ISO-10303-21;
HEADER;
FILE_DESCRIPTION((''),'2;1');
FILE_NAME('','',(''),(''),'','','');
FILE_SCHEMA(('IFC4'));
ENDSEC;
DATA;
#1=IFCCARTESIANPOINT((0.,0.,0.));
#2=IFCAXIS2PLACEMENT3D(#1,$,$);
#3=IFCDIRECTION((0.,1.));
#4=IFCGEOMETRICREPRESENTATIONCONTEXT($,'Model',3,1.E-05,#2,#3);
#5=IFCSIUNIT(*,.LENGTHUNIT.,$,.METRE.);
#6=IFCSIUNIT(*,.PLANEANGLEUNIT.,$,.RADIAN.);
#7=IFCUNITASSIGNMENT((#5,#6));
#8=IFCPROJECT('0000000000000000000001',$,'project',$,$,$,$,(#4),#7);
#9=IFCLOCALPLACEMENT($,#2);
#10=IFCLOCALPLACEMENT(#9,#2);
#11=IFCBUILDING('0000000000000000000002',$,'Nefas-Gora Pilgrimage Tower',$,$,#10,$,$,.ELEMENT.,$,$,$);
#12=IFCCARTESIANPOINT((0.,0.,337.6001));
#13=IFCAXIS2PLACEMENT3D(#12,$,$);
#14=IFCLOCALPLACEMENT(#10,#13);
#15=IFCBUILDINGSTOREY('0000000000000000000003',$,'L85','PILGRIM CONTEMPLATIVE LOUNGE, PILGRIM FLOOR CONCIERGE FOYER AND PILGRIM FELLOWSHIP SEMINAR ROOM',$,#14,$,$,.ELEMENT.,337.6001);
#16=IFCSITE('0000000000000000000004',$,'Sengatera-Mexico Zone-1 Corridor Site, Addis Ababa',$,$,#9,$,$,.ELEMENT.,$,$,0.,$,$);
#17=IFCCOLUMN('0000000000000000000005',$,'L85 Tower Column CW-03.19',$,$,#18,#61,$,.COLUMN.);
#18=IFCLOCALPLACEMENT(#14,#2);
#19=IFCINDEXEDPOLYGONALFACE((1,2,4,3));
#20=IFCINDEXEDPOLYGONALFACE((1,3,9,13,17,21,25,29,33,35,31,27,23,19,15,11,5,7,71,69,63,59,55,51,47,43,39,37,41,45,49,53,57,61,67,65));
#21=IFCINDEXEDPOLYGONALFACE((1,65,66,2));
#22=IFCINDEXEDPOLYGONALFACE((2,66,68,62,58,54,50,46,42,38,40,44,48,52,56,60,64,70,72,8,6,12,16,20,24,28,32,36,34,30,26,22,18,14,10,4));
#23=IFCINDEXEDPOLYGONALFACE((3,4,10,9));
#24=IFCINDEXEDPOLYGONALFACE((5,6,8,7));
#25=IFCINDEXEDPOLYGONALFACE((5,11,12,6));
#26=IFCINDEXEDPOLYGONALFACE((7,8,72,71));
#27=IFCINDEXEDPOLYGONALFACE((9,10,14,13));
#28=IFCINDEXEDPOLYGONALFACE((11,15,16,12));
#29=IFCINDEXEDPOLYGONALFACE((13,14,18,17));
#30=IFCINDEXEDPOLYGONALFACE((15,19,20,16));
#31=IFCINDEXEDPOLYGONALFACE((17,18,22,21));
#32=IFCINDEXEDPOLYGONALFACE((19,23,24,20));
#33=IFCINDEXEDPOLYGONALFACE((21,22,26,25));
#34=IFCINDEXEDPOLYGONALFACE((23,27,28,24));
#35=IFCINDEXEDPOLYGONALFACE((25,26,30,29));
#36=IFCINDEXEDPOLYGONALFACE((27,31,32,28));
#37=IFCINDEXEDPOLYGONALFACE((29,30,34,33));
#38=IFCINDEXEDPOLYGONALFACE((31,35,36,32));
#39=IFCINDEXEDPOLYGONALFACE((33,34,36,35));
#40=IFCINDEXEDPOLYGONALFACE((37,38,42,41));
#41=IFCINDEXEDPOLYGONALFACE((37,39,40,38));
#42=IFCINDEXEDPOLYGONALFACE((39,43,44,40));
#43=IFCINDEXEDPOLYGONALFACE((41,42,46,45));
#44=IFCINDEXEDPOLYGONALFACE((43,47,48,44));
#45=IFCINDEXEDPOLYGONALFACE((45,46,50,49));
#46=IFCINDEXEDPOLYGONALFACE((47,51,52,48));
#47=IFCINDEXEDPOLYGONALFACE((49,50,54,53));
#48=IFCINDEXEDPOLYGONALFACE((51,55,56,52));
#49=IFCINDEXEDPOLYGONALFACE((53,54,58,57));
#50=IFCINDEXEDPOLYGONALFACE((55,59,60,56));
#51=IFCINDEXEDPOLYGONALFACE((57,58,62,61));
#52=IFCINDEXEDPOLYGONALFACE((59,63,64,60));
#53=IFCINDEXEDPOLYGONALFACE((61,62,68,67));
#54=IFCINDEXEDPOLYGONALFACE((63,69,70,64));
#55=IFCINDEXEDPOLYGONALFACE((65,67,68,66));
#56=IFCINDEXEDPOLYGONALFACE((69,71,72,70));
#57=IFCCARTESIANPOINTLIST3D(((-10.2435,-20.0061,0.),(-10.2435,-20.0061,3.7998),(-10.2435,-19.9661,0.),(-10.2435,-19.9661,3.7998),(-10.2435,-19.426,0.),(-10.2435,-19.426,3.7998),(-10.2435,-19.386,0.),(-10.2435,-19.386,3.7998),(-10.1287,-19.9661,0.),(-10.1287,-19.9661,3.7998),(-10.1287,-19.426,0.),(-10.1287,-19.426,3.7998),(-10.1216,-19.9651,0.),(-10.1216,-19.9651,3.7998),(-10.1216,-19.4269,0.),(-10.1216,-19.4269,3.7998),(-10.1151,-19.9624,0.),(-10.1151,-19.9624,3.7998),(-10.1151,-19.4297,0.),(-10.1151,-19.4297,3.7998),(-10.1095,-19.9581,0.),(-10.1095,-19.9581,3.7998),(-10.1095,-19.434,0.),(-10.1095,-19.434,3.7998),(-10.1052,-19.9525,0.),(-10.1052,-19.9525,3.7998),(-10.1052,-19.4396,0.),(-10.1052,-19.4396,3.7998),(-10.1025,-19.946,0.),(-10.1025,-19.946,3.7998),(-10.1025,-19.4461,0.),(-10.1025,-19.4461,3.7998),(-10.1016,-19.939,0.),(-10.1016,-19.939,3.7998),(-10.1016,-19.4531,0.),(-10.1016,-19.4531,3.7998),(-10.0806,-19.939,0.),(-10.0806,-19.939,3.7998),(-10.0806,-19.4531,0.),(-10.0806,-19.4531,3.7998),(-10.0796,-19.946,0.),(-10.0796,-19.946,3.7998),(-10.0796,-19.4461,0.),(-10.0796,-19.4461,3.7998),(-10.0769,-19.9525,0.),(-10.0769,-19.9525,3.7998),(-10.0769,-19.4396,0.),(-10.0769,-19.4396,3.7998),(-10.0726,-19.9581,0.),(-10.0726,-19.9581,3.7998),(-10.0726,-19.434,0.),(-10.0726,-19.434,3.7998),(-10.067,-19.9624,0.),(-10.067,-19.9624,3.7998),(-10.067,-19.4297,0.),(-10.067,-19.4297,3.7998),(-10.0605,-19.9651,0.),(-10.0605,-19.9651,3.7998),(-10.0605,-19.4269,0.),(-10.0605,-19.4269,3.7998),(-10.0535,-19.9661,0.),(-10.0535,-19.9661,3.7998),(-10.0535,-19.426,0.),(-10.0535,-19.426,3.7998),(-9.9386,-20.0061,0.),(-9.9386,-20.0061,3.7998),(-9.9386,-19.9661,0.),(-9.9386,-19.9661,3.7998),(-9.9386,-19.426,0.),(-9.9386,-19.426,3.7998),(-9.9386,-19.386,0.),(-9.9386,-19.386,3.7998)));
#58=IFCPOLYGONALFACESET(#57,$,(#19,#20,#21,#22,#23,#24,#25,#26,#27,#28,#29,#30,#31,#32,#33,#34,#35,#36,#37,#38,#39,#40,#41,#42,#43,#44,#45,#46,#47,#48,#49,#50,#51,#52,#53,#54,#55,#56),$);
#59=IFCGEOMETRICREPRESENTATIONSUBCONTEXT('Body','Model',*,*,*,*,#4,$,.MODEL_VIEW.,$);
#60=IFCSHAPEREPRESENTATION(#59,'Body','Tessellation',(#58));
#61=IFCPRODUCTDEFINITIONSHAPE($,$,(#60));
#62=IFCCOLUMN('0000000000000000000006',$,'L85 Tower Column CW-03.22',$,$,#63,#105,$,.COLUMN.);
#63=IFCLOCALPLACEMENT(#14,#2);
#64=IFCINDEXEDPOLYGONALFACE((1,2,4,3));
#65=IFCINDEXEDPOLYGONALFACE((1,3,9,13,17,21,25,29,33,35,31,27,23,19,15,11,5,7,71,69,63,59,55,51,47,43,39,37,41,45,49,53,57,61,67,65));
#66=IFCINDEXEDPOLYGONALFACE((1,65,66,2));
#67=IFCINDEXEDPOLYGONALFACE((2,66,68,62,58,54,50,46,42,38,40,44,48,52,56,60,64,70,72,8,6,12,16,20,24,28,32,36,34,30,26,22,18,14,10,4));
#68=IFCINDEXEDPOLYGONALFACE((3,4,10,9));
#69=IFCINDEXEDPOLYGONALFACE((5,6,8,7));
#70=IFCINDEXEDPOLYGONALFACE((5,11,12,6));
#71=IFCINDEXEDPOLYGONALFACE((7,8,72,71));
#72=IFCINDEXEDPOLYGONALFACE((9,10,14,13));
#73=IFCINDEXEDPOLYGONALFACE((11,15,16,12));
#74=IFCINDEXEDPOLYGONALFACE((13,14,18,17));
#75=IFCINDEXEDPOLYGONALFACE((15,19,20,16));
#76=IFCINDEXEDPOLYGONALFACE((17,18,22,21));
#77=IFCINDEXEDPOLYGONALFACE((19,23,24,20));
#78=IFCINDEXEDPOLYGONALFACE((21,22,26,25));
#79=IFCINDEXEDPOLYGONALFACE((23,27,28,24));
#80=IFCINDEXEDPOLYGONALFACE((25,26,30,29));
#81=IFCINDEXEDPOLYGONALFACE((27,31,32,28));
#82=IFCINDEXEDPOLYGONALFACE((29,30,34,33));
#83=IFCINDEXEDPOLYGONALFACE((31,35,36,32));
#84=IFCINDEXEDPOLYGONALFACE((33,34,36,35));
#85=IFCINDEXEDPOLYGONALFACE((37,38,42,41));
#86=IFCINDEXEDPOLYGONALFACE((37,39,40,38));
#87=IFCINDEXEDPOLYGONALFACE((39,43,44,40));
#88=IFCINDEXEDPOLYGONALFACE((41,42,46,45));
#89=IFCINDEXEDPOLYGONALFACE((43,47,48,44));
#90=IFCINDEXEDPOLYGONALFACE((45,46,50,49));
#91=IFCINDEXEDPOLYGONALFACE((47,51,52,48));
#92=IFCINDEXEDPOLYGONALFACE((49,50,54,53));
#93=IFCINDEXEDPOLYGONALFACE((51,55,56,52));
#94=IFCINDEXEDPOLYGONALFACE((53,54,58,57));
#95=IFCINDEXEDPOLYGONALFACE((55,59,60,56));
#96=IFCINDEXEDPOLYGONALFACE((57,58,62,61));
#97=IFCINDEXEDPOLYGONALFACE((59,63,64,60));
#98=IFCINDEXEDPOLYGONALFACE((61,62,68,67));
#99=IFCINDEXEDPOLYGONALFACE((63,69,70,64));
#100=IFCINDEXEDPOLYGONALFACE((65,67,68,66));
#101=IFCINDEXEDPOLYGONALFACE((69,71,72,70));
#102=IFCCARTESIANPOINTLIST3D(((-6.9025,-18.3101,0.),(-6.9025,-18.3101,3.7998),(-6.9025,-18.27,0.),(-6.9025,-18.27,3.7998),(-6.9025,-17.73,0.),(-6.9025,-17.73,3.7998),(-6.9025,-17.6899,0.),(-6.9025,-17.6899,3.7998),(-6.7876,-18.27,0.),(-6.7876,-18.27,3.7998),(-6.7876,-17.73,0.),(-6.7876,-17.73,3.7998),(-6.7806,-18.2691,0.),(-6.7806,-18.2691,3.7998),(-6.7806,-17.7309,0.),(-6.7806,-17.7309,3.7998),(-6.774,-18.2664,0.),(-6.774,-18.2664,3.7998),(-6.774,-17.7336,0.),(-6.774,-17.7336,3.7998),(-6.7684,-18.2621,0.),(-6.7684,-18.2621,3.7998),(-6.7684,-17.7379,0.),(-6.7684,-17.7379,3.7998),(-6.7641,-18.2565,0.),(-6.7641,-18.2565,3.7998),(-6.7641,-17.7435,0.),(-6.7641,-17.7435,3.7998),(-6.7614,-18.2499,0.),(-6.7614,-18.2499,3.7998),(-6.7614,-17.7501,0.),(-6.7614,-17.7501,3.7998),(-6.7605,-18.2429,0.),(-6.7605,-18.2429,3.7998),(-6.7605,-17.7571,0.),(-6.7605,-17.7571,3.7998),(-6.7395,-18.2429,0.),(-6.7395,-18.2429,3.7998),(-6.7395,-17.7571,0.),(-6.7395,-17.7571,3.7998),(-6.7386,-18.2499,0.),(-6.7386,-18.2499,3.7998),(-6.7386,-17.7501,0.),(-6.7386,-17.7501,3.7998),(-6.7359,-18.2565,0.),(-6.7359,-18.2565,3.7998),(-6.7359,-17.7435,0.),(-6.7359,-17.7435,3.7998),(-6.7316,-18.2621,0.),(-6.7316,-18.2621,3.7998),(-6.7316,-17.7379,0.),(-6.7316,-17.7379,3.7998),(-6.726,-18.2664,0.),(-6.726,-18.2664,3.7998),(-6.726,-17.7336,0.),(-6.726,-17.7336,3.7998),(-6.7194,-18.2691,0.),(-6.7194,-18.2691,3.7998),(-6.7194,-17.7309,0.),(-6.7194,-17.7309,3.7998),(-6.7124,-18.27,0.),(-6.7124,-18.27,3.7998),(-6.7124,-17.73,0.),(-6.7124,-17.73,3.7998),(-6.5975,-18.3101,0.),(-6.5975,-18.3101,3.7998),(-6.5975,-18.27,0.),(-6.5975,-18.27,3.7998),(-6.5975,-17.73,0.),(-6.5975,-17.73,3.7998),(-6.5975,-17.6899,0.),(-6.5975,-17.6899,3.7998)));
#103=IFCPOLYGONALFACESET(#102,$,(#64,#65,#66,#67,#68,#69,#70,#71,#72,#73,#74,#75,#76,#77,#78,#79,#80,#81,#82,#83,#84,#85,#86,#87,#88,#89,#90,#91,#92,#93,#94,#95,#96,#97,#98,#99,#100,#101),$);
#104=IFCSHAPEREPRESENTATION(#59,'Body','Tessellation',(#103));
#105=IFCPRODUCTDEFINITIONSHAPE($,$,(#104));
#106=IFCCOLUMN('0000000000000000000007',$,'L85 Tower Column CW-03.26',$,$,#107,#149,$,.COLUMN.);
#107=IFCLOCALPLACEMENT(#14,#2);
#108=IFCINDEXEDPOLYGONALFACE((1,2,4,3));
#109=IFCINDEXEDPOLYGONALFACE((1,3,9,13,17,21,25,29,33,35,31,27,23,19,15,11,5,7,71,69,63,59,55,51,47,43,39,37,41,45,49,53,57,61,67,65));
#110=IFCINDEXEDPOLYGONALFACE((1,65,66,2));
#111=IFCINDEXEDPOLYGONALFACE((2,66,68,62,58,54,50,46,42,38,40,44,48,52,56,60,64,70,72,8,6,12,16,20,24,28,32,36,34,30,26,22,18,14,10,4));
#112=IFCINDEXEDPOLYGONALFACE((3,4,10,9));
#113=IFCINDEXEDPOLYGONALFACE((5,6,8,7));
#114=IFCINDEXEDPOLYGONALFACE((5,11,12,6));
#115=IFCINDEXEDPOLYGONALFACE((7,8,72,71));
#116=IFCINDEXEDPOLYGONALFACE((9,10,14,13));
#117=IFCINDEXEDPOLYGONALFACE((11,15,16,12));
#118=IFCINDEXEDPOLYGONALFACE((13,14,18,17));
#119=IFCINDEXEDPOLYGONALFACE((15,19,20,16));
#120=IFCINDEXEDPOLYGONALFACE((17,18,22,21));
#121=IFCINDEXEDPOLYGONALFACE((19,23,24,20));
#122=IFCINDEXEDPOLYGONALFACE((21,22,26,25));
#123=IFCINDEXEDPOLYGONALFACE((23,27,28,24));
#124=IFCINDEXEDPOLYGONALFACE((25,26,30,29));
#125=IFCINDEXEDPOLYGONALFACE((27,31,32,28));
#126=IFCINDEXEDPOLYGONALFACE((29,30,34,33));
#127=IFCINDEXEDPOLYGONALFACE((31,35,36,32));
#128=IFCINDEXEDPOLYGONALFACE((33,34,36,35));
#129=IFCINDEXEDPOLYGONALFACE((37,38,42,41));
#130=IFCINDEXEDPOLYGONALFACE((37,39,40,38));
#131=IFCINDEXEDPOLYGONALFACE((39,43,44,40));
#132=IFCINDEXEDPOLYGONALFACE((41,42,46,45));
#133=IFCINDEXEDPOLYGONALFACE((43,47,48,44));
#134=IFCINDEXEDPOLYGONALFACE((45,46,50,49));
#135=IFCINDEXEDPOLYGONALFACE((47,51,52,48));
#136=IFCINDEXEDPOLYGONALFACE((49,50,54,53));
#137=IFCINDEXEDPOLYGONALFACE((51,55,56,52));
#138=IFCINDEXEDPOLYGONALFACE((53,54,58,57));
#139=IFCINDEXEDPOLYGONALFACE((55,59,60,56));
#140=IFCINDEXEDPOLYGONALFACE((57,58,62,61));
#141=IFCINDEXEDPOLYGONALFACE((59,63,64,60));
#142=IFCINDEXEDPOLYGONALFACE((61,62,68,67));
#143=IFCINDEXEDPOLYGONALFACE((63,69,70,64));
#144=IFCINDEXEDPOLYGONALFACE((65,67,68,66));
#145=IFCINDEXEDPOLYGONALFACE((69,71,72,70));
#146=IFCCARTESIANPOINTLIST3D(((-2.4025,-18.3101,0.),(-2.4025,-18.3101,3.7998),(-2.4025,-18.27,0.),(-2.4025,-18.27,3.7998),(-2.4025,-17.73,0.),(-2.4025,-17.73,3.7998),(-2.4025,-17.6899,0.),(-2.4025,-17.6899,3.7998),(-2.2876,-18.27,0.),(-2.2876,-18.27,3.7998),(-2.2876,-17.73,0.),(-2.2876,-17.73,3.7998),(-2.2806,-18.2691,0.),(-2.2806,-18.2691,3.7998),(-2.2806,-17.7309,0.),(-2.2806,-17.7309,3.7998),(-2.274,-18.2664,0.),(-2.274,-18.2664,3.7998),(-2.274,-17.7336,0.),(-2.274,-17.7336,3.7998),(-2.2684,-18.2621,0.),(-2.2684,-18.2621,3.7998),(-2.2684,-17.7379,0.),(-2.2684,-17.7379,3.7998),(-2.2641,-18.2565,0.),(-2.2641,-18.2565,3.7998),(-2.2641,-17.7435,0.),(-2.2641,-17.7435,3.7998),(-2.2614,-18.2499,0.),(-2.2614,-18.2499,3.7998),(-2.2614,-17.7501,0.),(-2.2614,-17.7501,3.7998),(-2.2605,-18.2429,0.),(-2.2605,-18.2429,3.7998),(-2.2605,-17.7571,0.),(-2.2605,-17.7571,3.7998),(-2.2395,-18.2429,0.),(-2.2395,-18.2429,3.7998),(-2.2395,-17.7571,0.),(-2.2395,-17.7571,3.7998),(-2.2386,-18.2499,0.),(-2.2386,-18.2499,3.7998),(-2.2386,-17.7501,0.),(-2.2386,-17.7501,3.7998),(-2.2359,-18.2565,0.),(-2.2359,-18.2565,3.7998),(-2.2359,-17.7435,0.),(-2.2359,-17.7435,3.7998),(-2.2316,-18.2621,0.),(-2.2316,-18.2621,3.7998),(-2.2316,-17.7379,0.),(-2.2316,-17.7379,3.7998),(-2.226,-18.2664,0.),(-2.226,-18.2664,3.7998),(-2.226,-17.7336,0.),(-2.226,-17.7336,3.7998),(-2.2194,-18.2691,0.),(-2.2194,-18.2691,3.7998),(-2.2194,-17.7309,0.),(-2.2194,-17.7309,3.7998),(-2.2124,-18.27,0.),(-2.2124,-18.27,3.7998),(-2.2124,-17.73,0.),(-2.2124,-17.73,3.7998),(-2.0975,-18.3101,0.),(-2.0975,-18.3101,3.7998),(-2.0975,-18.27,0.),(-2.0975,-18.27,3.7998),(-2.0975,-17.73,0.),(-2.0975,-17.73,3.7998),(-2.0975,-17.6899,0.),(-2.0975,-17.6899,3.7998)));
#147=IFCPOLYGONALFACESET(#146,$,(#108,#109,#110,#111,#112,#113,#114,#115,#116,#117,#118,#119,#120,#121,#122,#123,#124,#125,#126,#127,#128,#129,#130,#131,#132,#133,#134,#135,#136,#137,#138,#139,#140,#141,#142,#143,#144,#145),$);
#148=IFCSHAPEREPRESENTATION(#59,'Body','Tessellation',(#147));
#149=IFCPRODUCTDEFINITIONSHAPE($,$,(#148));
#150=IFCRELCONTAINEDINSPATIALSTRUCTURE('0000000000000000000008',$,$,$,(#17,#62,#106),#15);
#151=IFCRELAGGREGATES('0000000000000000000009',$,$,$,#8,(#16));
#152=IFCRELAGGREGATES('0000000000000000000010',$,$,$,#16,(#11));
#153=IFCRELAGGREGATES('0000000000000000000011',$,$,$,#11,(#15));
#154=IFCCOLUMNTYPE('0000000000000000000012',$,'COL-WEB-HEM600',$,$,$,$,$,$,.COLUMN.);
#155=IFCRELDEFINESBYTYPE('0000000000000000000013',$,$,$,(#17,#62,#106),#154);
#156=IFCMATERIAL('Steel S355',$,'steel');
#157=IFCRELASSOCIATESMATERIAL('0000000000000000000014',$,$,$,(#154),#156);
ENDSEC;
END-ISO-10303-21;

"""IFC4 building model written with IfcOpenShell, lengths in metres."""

from ifc_helpers import new_model, si_unit, direction, frame, origin, origin_2d, place, context, subcontext, project, spatial, i_section, extrude, source, transform, mapped, material, material_profile, profile_set, type_object, element, save


model = new_model("IFC4")

# Units and contexts
model_context = context("Model", 3, precision=1e-05, world=origin(), true_north=direction((0.0, 1.0)))
body_context = subcontext(model_context, "Body", "Model", "MODEL_VIEW")
ifc_project = project(units=[si_unit("LENGTHUNIT", "METRE"), si_unit("PLANEANGLEUNIT", "RADIAN")], contexts=[model_context])

# Site, building, storey
site_placement = place(None, origin())
site = spatial("IfcSite", under=ifc_project, at=site_placement, Name="Sengatera-Mexico Zone-1 Corridor Site, Addis Ababa", CompositionType="ELEMENT", RefElevation=0.0)
building_placement = place(site_placement, origin())
building = spatial("IfcBuilding", under=site, at=building_placement, Name="Nefas-Gora Pilgrimage Tower", CompositionType="ELEMENT")
storey_placement = place(building_placement, frame((0.0, 0.0, 337.6001)))
storey = spatial("IfcBuildingStorey", under=building, at=storey_placement, Name="L85", Description="PILGRIM CONTEMPLATIVE LOUNGE, PILGRIM FLOOR CONCIERGE FOYER AND PILGRIM FELLOWSHIP SEMINAR ROOM", CompositionType="ELEMENT", Elevation=337.6001)

# Columns
ifc_material_1 = material(Name="Steel S355", Category="steel")
ifc_material_profile_1 = material_profile(ifc_material_1, i_section(OverallWidth=0.3049, OverallDepth=0.6201, WebThickness=0.021, FlangeThickness=0.04, FilletRadius=0.0271, at=origin_2d()), Name="HEM 600")
ifc_profile_set_1 = profile_set([ifc_material_profile_1], Name="Steel S355")
column_type_1 = type_object("IfcColumnType", Name="COL-WEB-HEM600", PredefinedType="COLUMN", material=ifc_profile_set_1)
shared_shape_1 = source(origin(), body_context, "Body", "SweptSolid", [
    extrude(i_section(OverallWidth=0.3049, OverallDepth=0.6201, WebThickness=0.021, FlangeThickness=0.04, FilletRadius=0.0271, at=origin_2d()), origin(), (0.0, 0.0, 1.0), 3.7998),
])
for number, where, z_axis, x_axis, name in (
    (1, (-10.0911, -19.696, 0.0), (0.0, 0.0, 1.0), (1.0, 0.0, 0.0), "L85 Tower Column CW-03.19"),
    (2, (-6.75, -18.0, 0.0), (0.0, 0.0, 1.0), (1.0, 0.0, 0.0), "L85 Tower Column CW-03.22"),
    (3, (-2.25, -18.0, 0.0), (0.0, 0.0, 1.0), (1.0, 0.0, 0.0), "L85 Tower Column CW-03.26"),
):
    element("IfcColumn", number, at=place(storey_placement, frame(where, z_axis=z_axis, x_axis=x_axis)), inside=storey, type_object=column_type_1, Name=name, PredefinedType="COLUMN", context=body_context, shape_type="MappedRepresentation", body=[
        mapped(shared_shape_1, transform((0.0, 0.0, 0.0), x_axis=(1.0, 0.0, 0.0), y_axis=(0.0, 1.0, 0.0), z_axis=(0.0, 0.0, 1.0), scale=1.0)),
    ])

save(model, "model.ifc")
